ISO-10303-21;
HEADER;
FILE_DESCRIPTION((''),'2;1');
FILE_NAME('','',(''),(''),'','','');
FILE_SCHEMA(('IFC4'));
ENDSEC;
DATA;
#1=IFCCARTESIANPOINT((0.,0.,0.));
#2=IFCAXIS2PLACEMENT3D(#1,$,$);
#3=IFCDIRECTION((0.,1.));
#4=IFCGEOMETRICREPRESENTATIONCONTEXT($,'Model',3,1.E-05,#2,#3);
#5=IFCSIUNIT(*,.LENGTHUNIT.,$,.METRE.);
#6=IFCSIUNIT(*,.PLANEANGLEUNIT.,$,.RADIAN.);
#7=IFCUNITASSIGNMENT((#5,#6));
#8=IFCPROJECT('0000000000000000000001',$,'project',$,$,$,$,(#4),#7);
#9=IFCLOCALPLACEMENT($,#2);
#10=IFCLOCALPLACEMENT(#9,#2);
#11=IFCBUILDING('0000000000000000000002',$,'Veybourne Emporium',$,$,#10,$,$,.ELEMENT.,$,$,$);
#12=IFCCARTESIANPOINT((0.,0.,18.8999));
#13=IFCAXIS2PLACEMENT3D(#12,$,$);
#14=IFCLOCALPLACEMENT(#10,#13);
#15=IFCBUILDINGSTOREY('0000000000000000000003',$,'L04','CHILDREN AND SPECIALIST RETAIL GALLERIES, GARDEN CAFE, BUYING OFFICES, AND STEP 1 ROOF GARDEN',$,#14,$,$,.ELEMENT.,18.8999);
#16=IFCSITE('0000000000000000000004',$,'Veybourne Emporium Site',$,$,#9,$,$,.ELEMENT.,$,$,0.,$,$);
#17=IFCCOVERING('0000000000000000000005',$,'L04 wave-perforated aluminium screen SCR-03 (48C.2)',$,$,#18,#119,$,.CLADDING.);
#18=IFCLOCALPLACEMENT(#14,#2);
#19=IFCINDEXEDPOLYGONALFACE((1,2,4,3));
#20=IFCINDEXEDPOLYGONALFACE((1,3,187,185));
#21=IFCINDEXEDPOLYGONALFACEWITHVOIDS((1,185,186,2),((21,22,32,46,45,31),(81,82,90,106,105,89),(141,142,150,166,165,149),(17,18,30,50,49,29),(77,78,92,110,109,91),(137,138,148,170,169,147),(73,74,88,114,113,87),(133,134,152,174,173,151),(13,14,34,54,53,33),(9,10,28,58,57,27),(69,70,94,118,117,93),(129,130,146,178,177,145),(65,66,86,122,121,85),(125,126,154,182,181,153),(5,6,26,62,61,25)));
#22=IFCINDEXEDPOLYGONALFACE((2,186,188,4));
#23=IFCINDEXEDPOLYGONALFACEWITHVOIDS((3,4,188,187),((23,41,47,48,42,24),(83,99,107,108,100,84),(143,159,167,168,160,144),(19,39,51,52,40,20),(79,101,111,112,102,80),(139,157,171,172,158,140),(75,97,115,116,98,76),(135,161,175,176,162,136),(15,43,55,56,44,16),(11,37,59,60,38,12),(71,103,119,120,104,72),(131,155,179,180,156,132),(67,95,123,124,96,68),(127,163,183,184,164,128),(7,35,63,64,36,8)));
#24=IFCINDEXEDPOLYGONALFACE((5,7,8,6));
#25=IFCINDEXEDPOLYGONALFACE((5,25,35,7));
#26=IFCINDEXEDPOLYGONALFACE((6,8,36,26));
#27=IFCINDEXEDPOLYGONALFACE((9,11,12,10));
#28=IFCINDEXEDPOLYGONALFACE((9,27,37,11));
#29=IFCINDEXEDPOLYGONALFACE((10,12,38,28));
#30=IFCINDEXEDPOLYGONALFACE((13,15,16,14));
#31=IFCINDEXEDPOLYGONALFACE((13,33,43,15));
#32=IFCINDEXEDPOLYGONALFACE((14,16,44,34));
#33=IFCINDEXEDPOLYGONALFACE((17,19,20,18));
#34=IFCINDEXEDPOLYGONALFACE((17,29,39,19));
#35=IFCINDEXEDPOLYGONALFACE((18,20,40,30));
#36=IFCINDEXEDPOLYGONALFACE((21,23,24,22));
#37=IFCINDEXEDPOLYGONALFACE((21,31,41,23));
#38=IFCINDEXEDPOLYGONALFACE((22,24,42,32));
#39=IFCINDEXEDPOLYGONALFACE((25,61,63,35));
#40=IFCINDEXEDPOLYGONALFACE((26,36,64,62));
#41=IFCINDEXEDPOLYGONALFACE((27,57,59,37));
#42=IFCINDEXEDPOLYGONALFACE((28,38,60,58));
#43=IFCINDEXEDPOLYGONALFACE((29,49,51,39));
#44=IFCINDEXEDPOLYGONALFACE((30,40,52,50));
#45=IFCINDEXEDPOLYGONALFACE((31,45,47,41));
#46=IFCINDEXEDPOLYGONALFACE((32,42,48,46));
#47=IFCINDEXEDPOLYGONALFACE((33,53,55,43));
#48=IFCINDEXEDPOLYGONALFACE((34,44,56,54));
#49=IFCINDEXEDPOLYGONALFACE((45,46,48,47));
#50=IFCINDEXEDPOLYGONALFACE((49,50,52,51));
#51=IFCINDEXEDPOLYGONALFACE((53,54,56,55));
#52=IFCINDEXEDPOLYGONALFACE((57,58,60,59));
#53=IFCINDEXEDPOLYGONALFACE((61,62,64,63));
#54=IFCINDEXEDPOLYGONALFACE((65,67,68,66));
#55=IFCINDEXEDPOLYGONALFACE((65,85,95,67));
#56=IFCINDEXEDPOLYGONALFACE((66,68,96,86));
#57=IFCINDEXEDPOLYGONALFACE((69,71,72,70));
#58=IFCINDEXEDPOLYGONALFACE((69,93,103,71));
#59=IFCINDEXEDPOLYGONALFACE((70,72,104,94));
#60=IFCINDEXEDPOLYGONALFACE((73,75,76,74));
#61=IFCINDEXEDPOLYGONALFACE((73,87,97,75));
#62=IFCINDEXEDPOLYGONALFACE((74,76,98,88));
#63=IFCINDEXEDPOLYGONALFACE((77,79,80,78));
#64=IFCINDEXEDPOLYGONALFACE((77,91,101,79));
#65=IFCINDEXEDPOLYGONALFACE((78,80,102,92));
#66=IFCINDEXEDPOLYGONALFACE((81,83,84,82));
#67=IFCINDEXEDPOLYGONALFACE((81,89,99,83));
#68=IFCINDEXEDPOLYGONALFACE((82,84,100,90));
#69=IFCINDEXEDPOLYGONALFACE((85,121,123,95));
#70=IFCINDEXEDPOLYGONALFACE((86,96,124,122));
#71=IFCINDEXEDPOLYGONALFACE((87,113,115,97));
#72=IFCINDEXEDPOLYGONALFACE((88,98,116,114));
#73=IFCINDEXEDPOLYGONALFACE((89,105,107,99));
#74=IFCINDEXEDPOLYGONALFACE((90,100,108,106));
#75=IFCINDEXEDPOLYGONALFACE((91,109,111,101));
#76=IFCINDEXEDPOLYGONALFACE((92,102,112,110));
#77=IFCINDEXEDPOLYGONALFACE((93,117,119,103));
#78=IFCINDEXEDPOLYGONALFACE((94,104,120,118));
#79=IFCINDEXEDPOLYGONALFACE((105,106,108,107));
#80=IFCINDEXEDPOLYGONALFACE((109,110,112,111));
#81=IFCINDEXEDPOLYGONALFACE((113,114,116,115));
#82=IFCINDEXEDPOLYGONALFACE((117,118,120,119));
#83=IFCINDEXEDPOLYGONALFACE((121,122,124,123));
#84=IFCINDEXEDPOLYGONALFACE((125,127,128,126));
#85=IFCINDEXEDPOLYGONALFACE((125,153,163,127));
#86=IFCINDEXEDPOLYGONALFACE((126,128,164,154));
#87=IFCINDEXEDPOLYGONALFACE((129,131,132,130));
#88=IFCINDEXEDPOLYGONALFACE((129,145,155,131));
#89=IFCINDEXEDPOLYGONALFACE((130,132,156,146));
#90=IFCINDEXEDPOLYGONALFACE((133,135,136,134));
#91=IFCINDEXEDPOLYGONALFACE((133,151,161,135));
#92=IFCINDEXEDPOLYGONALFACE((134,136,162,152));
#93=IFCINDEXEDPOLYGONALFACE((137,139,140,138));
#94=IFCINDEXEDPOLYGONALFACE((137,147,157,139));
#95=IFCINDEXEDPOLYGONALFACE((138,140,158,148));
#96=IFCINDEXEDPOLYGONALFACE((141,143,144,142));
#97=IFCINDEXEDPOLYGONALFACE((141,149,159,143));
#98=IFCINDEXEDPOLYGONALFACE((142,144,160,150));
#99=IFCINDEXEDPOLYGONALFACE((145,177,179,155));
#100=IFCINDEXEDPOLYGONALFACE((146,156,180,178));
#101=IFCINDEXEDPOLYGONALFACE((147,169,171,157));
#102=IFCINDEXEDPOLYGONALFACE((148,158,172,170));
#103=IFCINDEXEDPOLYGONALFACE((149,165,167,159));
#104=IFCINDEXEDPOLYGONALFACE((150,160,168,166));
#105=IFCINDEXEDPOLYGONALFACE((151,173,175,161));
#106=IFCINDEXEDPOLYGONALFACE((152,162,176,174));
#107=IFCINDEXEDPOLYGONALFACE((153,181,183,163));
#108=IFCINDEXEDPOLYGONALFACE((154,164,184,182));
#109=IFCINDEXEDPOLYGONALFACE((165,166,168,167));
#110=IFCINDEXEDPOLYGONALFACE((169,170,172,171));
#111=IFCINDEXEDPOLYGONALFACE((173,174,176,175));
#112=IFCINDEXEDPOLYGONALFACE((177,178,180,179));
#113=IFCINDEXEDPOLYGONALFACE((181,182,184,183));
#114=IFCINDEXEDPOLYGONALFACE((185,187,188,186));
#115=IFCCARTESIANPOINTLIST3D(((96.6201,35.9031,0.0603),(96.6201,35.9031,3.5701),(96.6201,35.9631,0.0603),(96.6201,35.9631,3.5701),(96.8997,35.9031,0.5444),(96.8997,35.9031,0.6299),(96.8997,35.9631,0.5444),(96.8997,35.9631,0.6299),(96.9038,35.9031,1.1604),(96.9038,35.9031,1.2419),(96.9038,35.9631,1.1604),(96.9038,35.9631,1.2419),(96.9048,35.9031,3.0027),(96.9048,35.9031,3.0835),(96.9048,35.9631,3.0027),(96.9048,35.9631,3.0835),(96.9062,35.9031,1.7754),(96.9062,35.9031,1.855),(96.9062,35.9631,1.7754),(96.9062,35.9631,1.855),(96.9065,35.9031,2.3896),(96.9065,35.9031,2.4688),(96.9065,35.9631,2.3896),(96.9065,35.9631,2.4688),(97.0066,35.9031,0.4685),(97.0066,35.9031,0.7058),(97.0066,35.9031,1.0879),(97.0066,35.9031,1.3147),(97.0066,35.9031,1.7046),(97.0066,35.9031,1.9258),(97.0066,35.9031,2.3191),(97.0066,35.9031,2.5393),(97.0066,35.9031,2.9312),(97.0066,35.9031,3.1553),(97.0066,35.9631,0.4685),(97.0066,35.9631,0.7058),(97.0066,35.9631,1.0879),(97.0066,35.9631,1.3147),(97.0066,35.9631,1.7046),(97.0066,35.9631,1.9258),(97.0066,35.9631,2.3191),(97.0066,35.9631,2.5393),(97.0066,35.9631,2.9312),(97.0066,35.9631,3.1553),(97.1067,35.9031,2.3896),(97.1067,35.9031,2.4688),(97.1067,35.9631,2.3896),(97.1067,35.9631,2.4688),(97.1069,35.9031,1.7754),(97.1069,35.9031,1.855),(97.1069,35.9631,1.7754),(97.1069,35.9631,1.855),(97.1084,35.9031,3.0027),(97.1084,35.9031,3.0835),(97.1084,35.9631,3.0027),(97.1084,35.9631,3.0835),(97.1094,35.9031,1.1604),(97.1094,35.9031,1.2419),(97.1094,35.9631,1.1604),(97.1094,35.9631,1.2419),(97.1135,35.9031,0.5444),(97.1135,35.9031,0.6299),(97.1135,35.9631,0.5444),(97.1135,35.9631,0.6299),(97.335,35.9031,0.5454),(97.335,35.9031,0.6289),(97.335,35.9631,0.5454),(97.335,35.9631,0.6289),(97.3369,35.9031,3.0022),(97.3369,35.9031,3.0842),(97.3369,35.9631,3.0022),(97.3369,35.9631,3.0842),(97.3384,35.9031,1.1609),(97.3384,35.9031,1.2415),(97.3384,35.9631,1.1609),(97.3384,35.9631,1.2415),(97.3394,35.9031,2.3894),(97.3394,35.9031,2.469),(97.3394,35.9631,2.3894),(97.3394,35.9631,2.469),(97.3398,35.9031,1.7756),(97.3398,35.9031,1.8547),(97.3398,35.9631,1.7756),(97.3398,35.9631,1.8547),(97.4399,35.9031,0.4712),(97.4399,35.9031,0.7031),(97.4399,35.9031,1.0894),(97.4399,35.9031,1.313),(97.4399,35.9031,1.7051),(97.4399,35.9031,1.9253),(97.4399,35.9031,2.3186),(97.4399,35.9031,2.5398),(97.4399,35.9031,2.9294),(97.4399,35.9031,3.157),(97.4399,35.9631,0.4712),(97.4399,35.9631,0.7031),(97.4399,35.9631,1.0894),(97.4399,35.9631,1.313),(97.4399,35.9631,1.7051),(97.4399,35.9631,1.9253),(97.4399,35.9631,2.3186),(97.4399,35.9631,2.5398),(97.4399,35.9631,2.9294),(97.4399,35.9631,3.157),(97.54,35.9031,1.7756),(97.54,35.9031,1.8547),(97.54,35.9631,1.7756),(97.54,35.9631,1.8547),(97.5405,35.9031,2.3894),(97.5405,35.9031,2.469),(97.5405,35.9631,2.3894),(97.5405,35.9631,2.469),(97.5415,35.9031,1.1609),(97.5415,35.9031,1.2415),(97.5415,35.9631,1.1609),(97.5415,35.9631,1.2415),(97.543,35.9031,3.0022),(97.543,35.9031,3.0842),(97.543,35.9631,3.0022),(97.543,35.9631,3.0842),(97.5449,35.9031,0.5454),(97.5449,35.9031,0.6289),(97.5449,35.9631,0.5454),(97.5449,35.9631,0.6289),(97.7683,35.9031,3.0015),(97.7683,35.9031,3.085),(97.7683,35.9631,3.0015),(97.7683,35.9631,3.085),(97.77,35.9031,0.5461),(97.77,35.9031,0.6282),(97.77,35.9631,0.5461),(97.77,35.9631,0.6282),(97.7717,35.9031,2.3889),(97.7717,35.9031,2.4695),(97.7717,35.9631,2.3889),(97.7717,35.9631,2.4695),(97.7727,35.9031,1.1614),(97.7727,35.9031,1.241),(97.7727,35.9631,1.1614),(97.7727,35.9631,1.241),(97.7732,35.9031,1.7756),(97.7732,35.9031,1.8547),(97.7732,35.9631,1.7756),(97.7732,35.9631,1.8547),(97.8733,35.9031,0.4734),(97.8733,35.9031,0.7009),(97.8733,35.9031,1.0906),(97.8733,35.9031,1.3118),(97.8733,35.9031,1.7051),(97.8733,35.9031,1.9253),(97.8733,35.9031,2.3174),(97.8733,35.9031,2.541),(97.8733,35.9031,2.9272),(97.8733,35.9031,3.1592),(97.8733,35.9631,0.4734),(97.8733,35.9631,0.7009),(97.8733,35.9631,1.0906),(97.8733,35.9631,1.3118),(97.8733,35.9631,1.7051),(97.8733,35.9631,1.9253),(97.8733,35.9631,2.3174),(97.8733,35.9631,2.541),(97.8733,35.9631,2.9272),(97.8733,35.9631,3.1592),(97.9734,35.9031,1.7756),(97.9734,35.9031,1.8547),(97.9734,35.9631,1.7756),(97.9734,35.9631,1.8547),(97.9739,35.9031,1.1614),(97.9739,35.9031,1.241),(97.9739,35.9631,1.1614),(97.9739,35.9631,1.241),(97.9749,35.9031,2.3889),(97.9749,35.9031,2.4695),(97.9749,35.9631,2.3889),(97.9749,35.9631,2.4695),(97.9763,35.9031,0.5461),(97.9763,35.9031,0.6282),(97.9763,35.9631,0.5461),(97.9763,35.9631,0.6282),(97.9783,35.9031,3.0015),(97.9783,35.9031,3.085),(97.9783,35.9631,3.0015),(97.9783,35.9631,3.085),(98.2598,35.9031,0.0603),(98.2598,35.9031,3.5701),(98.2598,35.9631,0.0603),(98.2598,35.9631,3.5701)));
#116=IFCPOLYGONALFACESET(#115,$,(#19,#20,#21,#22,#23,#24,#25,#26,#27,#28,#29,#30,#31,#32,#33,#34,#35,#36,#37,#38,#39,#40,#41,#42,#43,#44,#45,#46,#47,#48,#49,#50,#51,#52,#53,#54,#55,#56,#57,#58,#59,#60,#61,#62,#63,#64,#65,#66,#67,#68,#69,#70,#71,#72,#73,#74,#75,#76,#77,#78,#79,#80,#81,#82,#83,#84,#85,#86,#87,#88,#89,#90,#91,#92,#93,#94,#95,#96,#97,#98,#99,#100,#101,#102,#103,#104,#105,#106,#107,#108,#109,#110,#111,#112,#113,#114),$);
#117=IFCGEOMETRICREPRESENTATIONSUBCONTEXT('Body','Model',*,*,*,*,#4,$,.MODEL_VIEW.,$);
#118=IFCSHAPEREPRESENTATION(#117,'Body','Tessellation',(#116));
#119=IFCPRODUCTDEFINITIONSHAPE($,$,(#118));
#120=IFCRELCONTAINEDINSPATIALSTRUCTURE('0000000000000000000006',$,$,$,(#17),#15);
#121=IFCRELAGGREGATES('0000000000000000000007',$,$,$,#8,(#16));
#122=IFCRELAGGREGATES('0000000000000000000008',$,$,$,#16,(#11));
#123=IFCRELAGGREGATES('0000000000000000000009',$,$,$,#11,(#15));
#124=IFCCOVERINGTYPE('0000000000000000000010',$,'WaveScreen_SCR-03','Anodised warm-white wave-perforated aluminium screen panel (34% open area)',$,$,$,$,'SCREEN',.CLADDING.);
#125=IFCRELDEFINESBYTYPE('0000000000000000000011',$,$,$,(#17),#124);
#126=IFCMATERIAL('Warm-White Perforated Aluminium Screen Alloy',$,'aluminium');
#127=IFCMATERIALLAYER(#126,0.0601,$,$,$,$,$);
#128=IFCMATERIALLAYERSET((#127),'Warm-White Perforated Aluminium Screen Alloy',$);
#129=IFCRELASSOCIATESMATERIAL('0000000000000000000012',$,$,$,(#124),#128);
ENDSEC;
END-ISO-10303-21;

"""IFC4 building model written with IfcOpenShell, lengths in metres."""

from ifc_helpers import new_model, si_unit, direction, frame, origin, place, context, subcontext, project, spatial, polyline, outline, extrude, material, layer, layer_set, type_object, element, save


model = new_model("IFC4")

# Units and contexts
model_context = context("Model", 3, precision=1e-05, world=origin(), true_north=direction((0.0, 1.0)))
body_context = subcontext(model_context, "Body", "Model", "MODEL_VIEW")
ifc_project = project(units=[si_unit("LENGTHUNIT", "METRE"), si_unit("PLANEANGLEUNIT", "RADIAN")], contexts=[model_context])

# Site, building, storey
site_placement = place(None, origin())
site = spatial("IfcSite", under=ifc_project, at=site_placement, Name="Veybourne Emporium Site", CompositionType="ELEMENT", RefElevation=0.0)
building_placement = place(site_placement, origin())
building = spatial("IfcBuilding", under=site, at=building_placement, Name="Veybourne Emporium", CompositionType="ELEMENT")
storey_placement = place(building_placement, frame((0.0, 0.0, 18.8999)))
storey = spatial("IfcBuildingStorey", under=building, at=storey_placement, Name="L04", Description="CHILDREN AND SPECIALIST RETAIL GALLERIES, GARDEN CAFE, BUYING OFFICES, AND STEP 1 ROOF GARDEN", CompositionType="ELEMENT", Elevation=18.8999)

# Covering
ifc_material_1 = material(Name="Warm-White Perforated Aluminium Screen Alloy", Category="aluminium")
ifc_layer_1 = layer(ifc_material_1, 0.0601)
ifc_layer_set_1 = layer_set([ifc_layer_1], Name="Warm-White Perforated Aluminium Screen Alloy")
covering_type_1 = type_object("IfcCoveringType", Name="WaveScreen_SCR-03", Description="Anodised warm-white wave-perforated aluminium screen panel (34% open area)", ElementType="SCREEN", PredefinedType="CLADDING", material=ifc_layer_set_1)
covering_1_placement = place(storey_placement, frame((97.4399, 35.9031, 1.8152), z_axis=(0.0, 1.0, 0.0), x_axis=(-1.0, 0.0, 0.0)))
element("IfcCovering", 1, at=covering_1_placement, inside=storey, type_object=covering_type_1, Name="L04 wave-perforated aluminium screen SCR-03 (48C.2)", PredefinedType="CLADDING", context=body_context, shape_type="SweptSolid", body=[
    extrude(outline(polyline([(-0.8198, -1.7549), (0.8198, -1.7549), (0.8198, 1.7549), (-0.8198, 1.7549), (-0.8198, -1.7549)]), holes=[polyline([(-0.4333, -1.1143), (-0.3301, -1.187), (-0.3301, -1.269), (-0.4333, -1.3418), (-0.5364, -1.269), (-0.5364, -1.187), (-0.4333, -1.1143)]), polyline([(-0.4333, -0.5034), (-0.3328, -0.5742), (-0.3328, -0.6538), (-0.4333, -0.7246), (-0.5339, -0.6538), (-0.5339, -0.5742), (-0.4333, -0.5034)]), polyline([(-0.4333, 0.1101), (-0.3333, 0.0396), (-0.3333, -0.0396), (-0.4333, -0.1101), (-0.5334, -0.0396), (-0.5334, 0.0396), (-0.4333, 0.1101)]), polyline([(-0.4333, 0.7258), (-0.3318, 0.6543), (-0.3318, 0.5737), (-0.4333, 0.5022), (-0.5349, 0.5737), (-0.5349, 0.6543), (-0.4333, 0.7258)]), polyline([(-0.4333, 1.344), (-0.3284, 1.2698), (-0.3284, 1.1863), (-0.4333, 1.1121), (-0.5383, 1.1863), (-0.5383, 1.2698), (-0.4333, 1.344)]), polyline([(0.0, -1.1121), (0.105, -1.1863), (0.105, -1.2698), (0.0, -1.344), (-0.105, -1.2698), (-0.105, -1.1863), (0.0, -1.1121)]), polyline([(0.0, -0.5022), (0.1016, -0.5737), (0.1016, -0.6543), (0.0, -0.7258), (-0.1016, -0.6543), (-0.1016, -0.5737), (0.0, -0.5022)]), polyline([(0.0, 0.1101), (0.1001, 0.0396), (0.1001, -0.0396), (0.0, -0.1101), (-0.1001, -0.0396), (-0.1001, 0.0396), (0.0, 0.1101)]), polyline([(0.0, 0.7246), (0.1006, 0.6538), (0.1006, 0.5742), (0.0, 0.5034), (-0.1006, 0.5742), (-0.1006, 0.6538), (0.0, 0.7246)]), polyline([(0.0, 1.3418), (0.103, 1.269), (0.103, 1.187), (0.0, 1.1143), (-0.103, 1.187), (-0.103, 1.269), (0.0, 1.3418)]), polyline([(0.4333, -1.1094), (0.5403, -1.1853), (0.5403, -1.2708), (0.4333, -1.3467), (0.3264, -1.2708), (0.3264, -1.1853), (0.4333, -1.1094)]), polyline([(0.4333, -0.5005), (0.5361, -0.5732), (0.5361, -0.6548), (0.4333, -0.7273), (0.3306, -0.6548), (0.3306, -0.5732), (0.4333, -0.5005)]), polyline([(0.4333, 0.1106), (0.5337, 0.0398), (0.5337, -0.0398), (0.4333, -0.1106), (0.333, -0.0398), (0.333, 0.0398), (0.4333, 0.1106)]), polyline([(0.4333, 0.7241), (0.5334, 0.6536), (0.5334, 0.5745), (0.4333, 0.5039), (0.3333, 0.5745), (0.3333, 0.6536), (0.4333, 0.7241)]), polyline([(0.4333, 1.3401), (0.5352, 1.2683), (0.5352, 1.1875), (0.4333, 1.116), (0.3315, 1.1875), (0.3315, 1.2683), (0.4333, 1.3401)])]), origin(), (0.0, 0.0, 1.0), 0.0601),
])

save(model, "model.ifc")
